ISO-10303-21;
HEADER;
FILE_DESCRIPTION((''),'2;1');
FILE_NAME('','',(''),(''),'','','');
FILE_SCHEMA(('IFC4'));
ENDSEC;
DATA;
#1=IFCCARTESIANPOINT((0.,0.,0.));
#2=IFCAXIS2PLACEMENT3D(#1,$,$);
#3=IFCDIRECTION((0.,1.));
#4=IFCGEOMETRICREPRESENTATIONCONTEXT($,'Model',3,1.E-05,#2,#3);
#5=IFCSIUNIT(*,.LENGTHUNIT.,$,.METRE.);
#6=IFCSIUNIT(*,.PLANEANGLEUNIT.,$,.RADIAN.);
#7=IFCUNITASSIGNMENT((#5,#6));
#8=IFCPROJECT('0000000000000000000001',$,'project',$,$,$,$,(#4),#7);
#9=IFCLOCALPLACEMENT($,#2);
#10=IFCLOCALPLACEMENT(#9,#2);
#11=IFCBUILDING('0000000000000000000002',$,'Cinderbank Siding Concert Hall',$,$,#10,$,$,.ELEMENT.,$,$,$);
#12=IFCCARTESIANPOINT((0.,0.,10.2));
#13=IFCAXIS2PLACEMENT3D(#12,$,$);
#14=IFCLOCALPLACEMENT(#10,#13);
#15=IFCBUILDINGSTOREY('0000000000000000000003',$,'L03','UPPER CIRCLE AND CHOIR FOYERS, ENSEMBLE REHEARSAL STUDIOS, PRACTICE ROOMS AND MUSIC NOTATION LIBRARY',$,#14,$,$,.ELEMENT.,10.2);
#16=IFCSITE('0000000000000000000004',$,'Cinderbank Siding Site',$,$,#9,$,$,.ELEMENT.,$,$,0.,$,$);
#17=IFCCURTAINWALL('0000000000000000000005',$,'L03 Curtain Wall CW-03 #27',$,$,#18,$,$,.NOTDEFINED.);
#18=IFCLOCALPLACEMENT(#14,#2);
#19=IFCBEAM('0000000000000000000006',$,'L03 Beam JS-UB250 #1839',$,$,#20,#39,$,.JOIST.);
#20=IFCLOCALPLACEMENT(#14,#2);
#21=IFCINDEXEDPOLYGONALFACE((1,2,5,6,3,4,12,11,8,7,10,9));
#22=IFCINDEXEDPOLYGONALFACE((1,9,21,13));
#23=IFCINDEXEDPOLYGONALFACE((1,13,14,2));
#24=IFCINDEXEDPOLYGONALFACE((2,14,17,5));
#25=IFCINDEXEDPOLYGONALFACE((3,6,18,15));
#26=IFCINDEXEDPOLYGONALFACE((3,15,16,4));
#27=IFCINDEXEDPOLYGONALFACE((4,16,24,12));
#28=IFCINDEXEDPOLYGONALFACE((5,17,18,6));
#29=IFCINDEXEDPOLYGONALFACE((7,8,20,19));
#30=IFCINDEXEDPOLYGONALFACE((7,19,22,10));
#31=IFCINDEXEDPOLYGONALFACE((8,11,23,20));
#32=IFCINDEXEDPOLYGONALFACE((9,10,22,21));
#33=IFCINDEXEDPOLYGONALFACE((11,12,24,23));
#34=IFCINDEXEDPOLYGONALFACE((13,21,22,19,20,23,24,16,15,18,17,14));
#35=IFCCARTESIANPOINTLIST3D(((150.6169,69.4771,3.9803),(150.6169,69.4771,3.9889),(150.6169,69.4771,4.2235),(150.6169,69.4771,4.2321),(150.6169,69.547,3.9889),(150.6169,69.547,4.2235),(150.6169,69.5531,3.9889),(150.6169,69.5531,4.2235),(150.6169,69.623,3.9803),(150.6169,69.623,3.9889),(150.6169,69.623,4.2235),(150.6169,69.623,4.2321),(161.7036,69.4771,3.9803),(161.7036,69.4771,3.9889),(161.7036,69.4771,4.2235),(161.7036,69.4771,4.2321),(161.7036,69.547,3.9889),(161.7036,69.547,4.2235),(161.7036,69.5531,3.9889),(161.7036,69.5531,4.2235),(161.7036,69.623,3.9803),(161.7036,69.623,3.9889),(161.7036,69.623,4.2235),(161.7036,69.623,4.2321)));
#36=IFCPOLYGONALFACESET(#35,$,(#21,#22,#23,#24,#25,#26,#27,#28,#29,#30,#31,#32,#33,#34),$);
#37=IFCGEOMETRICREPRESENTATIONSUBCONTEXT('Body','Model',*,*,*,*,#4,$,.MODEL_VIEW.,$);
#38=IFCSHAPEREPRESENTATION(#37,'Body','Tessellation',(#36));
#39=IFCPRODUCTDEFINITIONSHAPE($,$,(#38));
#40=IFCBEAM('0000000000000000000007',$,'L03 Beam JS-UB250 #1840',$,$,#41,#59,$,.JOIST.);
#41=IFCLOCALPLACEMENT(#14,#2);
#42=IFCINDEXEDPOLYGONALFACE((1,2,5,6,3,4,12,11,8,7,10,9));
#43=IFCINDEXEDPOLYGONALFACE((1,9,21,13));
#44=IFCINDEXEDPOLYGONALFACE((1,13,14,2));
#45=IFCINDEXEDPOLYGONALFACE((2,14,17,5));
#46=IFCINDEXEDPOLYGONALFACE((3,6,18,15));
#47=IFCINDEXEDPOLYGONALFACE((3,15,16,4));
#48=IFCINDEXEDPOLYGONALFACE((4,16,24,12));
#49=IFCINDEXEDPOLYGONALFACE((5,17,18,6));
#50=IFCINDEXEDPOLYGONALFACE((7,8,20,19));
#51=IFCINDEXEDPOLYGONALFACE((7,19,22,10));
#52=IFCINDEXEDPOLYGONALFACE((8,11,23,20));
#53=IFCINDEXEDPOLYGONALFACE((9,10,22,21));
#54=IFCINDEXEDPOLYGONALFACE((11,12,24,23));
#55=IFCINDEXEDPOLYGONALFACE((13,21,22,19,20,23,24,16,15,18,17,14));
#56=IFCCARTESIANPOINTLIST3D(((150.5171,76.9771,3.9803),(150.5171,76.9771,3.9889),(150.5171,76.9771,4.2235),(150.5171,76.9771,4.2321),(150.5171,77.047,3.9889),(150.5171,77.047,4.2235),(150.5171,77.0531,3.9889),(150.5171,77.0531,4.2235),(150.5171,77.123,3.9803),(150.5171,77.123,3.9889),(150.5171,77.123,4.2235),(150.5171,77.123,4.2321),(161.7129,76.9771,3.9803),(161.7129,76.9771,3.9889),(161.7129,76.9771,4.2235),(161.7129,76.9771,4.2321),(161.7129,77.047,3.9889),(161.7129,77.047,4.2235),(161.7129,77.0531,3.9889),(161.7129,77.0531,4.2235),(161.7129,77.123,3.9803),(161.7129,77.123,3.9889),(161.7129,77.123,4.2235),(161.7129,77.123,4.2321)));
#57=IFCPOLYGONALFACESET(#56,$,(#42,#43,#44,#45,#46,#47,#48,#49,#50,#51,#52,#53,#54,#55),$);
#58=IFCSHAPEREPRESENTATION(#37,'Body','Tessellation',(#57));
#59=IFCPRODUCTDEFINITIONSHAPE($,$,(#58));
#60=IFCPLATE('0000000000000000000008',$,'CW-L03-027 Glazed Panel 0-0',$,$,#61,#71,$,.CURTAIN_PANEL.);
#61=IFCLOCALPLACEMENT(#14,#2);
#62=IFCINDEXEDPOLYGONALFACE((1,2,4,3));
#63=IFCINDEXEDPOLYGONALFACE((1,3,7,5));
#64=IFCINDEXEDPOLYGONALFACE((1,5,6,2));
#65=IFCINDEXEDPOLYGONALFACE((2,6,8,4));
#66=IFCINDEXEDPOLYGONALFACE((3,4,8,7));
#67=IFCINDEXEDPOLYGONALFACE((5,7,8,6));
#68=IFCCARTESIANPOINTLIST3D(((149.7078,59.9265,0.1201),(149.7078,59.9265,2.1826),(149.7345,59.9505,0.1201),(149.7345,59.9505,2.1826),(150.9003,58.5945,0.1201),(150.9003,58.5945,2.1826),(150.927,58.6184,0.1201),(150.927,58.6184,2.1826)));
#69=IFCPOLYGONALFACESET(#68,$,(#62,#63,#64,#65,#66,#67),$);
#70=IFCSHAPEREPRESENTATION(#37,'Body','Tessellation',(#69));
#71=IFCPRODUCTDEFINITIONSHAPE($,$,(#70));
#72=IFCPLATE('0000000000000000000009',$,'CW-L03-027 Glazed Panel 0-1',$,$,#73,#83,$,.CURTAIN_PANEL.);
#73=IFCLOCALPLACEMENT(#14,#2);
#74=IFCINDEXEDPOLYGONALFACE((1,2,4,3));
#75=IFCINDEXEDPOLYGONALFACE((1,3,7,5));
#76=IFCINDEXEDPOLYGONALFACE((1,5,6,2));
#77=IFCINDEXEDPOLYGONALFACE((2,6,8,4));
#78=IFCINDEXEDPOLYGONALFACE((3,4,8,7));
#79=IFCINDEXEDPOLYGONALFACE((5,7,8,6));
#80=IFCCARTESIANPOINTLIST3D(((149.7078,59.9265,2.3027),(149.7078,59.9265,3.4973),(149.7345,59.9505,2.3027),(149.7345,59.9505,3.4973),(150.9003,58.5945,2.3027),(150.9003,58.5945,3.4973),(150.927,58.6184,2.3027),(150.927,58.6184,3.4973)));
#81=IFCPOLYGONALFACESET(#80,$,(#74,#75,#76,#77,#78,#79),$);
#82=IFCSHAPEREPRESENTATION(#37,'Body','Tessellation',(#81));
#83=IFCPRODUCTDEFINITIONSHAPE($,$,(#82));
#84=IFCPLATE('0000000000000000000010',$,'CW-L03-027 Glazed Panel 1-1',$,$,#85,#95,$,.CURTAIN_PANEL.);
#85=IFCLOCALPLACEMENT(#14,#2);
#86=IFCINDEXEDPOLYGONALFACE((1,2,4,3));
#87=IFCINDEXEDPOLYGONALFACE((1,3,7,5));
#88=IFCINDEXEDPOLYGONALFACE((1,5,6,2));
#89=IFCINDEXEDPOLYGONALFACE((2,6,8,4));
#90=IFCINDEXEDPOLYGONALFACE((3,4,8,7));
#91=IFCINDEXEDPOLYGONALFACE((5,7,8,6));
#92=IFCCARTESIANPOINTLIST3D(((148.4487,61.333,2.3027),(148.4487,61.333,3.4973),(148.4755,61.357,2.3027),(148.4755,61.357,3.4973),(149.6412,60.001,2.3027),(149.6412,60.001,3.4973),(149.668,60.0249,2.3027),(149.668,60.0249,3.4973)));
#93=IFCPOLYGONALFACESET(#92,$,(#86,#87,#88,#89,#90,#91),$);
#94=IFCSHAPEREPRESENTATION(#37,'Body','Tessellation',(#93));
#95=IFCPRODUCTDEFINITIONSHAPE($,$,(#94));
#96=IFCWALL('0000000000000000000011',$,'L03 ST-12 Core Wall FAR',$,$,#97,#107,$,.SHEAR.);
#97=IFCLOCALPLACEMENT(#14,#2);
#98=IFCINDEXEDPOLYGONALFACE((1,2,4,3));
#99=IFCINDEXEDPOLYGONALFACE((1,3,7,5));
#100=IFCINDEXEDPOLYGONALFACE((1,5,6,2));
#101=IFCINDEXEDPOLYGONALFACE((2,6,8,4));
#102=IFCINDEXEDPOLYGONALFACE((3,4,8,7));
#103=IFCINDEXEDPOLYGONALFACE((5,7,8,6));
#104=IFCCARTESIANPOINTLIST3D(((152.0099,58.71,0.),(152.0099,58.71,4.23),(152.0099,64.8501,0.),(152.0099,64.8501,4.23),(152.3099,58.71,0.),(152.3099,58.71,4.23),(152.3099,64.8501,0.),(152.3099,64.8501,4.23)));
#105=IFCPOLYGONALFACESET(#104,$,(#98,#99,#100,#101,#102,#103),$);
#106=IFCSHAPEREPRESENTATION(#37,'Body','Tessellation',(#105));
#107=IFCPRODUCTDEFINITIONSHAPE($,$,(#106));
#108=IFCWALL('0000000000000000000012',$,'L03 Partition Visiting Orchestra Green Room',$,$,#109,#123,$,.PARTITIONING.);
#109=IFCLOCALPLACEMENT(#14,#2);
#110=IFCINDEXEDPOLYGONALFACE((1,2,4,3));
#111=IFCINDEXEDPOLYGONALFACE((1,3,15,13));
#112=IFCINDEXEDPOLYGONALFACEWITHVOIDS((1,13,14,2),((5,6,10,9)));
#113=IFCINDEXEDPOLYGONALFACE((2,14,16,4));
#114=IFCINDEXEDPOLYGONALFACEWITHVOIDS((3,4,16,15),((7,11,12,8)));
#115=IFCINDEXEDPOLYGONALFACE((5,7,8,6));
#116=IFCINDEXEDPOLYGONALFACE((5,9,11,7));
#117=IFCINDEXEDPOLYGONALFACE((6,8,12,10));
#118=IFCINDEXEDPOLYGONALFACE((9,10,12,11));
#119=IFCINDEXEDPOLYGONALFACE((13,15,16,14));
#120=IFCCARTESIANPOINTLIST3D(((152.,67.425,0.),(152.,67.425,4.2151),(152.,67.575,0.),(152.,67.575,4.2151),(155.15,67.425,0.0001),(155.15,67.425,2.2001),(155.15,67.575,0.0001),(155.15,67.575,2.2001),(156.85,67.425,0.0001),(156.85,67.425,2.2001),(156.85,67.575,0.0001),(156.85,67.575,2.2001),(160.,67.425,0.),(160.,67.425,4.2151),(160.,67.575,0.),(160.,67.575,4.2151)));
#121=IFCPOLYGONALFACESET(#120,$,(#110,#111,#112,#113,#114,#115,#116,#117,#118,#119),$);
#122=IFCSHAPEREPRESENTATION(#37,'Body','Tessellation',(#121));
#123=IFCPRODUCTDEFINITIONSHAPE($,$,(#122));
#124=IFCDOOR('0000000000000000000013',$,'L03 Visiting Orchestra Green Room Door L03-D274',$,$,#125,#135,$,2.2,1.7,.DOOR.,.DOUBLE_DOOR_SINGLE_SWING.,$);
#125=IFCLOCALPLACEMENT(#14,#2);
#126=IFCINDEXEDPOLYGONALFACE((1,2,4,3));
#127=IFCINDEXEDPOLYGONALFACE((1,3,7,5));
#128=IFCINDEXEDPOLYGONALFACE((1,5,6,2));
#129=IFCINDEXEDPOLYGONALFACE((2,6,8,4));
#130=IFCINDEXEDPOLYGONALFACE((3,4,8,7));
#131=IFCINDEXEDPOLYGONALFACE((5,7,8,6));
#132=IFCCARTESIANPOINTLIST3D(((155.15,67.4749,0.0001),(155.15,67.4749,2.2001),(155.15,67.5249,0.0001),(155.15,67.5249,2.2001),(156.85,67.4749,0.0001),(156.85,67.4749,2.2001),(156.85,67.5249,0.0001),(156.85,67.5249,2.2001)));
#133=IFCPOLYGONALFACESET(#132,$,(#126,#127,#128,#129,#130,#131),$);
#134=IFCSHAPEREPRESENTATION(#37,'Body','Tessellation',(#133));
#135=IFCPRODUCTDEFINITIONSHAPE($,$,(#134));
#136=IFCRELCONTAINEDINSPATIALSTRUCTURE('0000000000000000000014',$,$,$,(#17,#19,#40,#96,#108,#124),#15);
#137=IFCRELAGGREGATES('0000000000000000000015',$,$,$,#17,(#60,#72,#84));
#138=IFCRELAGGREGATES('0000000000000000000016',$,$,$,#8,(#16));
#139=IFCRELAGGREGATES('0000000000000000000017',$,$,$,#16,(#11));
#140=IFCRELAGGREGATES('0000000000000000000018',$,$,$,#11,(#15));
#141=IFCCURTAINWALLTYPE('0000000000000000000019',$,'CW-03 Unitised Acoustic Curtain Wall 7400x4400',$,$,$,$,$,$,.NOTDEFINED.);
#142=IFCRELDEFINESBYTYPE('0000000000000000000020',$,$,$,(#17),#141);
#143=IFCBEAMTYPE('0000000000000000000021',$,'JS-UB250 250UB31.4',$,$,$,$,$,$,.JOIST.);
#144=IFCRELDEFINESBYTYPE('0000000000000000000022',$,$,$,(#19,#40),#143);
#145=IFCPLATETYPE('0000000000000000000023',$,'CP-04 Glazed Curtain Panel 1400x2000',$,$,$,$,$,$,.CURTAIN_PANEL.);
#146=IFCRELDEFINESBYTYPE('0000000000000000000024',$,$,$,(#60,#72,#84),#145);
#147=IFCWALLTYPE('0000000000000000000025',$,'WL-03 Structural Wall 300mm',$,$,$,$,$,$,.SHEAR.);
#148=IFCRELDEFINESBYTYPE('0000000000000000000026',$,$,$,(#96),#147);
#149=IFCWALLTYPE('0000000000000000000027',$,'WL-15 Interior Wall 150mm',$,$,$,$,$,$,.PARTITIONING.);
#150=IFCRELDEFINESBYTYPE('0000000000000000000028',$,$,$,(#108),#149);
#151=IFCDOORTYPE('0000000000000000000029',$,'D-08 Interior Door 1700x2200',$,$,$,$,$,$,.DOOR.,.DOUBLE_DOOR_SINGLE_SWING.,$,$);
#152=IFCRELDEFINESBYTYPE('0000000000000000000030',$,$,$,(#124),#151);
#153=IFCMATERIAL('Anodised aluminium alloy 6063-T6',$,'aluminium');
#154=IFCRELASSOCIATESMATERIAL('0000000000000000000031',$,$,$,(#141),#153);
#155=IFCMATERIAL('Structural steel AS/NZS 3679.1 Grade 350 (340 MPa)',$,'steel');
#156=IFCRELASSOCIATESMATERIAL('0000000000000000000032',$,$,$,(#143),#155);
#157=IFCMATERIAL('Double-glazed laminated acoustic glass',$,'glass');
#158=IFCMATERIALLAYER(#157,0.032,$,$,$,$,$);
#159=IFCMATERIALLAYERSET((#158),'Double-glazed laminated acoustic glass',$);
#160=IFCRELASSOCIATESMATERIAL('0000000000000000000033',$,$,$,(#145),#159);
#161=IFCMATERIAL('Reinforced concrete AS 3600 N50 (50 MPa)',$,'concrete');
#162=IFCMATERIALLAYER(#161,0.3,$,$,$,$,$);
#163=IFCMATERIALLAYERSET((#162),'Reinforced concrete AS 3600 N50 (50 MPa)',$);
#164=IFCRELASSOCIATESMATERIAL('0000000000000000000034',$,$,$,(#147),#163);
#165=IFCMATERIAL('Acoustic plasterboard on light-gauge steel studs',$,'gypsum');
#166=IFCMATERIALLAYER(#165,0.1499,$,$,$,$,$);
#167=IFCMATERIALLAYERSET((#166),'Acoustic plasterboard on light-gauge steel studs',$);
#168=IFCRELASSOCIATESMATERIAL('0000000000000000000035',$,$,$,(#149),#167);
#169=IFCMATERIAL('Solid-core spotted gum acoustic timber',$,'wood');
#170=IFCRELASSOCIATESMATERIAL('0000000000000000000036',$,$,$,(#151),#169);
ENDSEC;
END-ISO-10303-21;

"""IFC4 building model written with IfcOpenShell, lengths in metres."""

from ifc_helpers import new_model, si_unit, direction, frame, frame_2d, origin, origin_2d, place, context, subcontext, project, spatial, rectangle, i_section, extrude, material, layer, layer_set, material_profile, profile_set, type_object, element, fill, aggregate, save


model = new_model("IFC4")

# Units and contexts
model_context = context("Model", 3, precision=1e-05, world=origin(), true_north=direction((0.0, 1.0)))
body_context = subcontext(model_context, "Body", "Model", "MODEL_VIEW")
ifc_project = project(units=[si_unit("LENGTHUNIT", "METRE"), si_unit("PLANEANGLEUNIT", "RADIAN")], contexts=[model_context])

# Site, building, storey
site_placement = place(None, origin())
site = spatial("IfcSite", under=ifc_project, at=site_placement, Name="Cinderbank Siding Site", CompositionType="ELEMENT", RefElevation=0.0)
building_placement = place(site_placement, origin())
building = spatial("IfcBuilding", under=site, at=building_placement, Name="Cinderbank Siding Concert Hall", CompositionType="ELEMENT")
storey_placement = place(building_placement, frame((0.0, 0.0, 10.2)))
storey = spatial("IfcBuildingStorey", under=building, at=storey_placement, Name="L03", Description="UPPER CIRCLE AND CHOIR FOYERS, ENSEMBLE REHEARSAL STUDIOS, PRACTICE ROOMS AND MUSIC NOTATION LIBRARY", CompositionType="ELEMENT", Elevation=10.2)

# Shared definitions
ifc_material_1 = material(Name="Structural steel AS/NZS 3679.1 Grade 350 (340 MPa)", Category="steel")

# Shared definitions
ifc_material_2 = material(Name="Reinforced concrete AS 3600 N50 (50 MPa)", Category="concrete")

# Curtain wall
ifc_material_3 = material(Name="Anodised aluminium alloy 6063-T6", Category="aluminium")
curtain_wall_type = type_object("IfcCurtainWallType", Name="CW-03 Unitised Acoustic Curtain Wall 7400x4400", PredefinedType="NOTDEFINED", material=ifc_material_3)
curtain_wall_placement = place(storey_placement, origin())
curtain_wall = element("IfcCurtainWall", 1, at=curtain_wall_placement, inside=storey, type_object=curtain_wall_type, Name="L03 Curtain Wall CW-03 #27", PredefinedType="NOTDEFINED")

# Beams
ifc_material_profile_1 = material_profile(ifc_material_1, i_section(OverallWidth=0.146, OverallDepth=0.2517, WebThickness=0.0061, FlangeThickness=0.0085, at=origin_2d()), Name="250UB31.4", Category="LoadBearing")
ifc_profile_set_1 = profile_set([ifc_material_profile_1], Name="Structural steel AS/NZS 3679.1 Grade 350 (340 MPa)")
beam_type_1 = type_object("IfcBeamType", Name="JS-UB250 250UB31.4", PredefinedType="JOIST", material=ifc_profile_set_1)
beam_1_placement = place(storey_placement, frame((150.6169, 69.55, 4.1062), z_axis=(1.0, 0.0, 0.0), x_axis=(0.0, 1.0, 0.0)))
element("IfcBeam", 2, at=beam_1_placement, inside=storey, type_object=beam_type_1, Name="L03 Beam JS-UB250 #1839", PredefinedType="JOIST", context=body_context, shape_type="SweptSolid", body=[
    extrude(i_section(OverallWidth=0.146, OverallDepth=0.2517, WebThickness=0.0061, FlangeThickness=0.0085, at=origin_2d()), origin(), (0.0, 0.0, 1.0), 11.0867),
])
beam_2_placement = place(storey_placement, frame((150.5171, 77.05, 4.1062), z_axis=(1.0, 0.0, 0.0), x_axis=(0.0, 1.0, 0.0)))
element("IfcBeam", 3, at=beam_2_placement, inside=storey, type_object=beam_type_1, Name="L03 Beam JS-UB250 #1840", PredefinedType="JOIST", context=body_context, shape_type="SweptSolid", body=[
    extrude(i_section(OverallWidth=0.146, OverallDepth=0.2517, WebThickness=0.0061, FlangeThickness=0.0085, at=origin_2d()), origin(), (0.0, 0.0, 1.0), 11.1958),
])

# Plates
ifc_material_4 = material(Name="Double-glazed laminated acoustic glass", Category="glass")
ifc_layer_1 = layer(ifc_material_4, 0.032)
ifc_layer_set_1 = layer_set([ifc_layer_1], Name="Double-glazed laminated acoustic glass")
plate_type = type_object("IfcPlateType", Name="CP-04 Glazed Curtain Panel 1400x2000", PredefinedType="CURTAIN_PANEL", material=ifc_layer_set_1)
plate_1_placement = place(storey_placement, frame((150.3174, 59.2725, 0.1201), z_axis=(0.0, 0.0, 1.0), x_axis=(-0.666993, 0.745064, 0.0)))
plate_1 = element("IfcPlate", 4, at=plate_1_placement, type_object=plate_type, Name="CW-L03-027 Glazed Panel 0-0", PredefinedType="CURTAIN_PANEL", context=body_context, shape_type="SweptSolid", body=[
    extrude(rectangle(XDim=1.7878, YDim=0.0359, at=origin_2d()), origin(), (0.0, 0.0, 1.0), 2.0625),
])
plate_2_placement = place(storey_placement, frame((150.3174, 59.2725, 2.3027), z_axis=(0.0, 0.0, 1.0), x_axis=(-0.666993, 0.745064, 0.0)))
plate_2 = element("IfcPlate", 5, at=plate_2_placement, type_object=plate_type, Name="CW-L03-027 Glazed Panel 0-1", PredefinedType="CURTAIN_PANEL", context=body_context, shape_type="SweptSolid", body=[
    extrude(rectangle(XDim=1.7878, YDim=0.0359, at=origin_2d()), origin(), (0.0, 0.0, 1.0), 1.1946),
])
plate_3_placement = place(storey_placement, frame((149.0583, 60.679, 2.3027), z_axis=(0.0, 0.0, 1.0), x_axis=(-0.666993, 0.745064, 0.0)))
plate_3 = element("IfcPlate", 6, at=plate_3_placement, type_object=plate_type, Name="CW-L03-027 Glazed Panel 1-1", PredefinedType="CURTAIN_PANEL", context=body_context, shape_type="SweptSolid", body=[
    extrude(rectangle(XDim=1.7878, YDim=0.0359, at=origin_2d()), origin(), (0.0, 0.0, 1.0), 1.1946),
])
aggregate(curtain_wall, [plate_1, plate_2, plate_3])

# Wall
ifc_layer_2 = layer(ifc_material_2, 0.3)
ifc_layer_set_2 = layer_set([ifc_layer_2], Name="Reinforced concrete AS 3600 N50 (50 MPa)")
wall_type_1 = type_object("IfcWallType", Name="WL-03 Structural Wall 300mm", PredefinedType="SHEAR", material=ifc_layer_set_2)
wall_1_placement = place(storey_placement, frame((152.1599, 58.71, 0.0), z_axis=(0.0, 0.0, 1.0), x_axis=(0.0, 1.0, 0.0)))
element("IfcWall", 7, at=wall_1_placement, inside=storey, type_object=wall_type_1, Name="L03 ST-12 Core Wall FAR", PredefinedType="SHEAR", context=body_context, shape_type="SweptSolid", body=[
    extrude(rectangle(XDim=6.1401, YDim=0.3, at=frame_2d((3.0701, 0.0))), origin(), (0.0, 0.0, 1.0), 4.23),
])

# Wall, opening, door
ifc_material_5 = material(Name="Acoustic plasterboard on light-gauge steel studs", Category="gypsum")
ifc_layer_3 = layer(ifc_material_5, 0.1499)
ifc_layer_set_3 = layer_set([ifc_layer_3], Name="Acoustic plasterboard on light-gauge steel studs")
wall_type_2 = type_object("IfcWallType", Name="WL-15 Interior Wall 150mm", PredefinedType="PARTITIONING", material=ifc_layer_set_3)
wall_2_placement = place(storey_placement, frame((152.0, 67.5, 0.0), z_axis=(0.0, 0.0, 1.0), x_axis=(1.0, 0.0, 0.0)))
wall_2 = element("IfcWall", 8, at=wall_2_placement, inside=storey, type_object=wall_type_2, Name="L03 Partition Visiting Orchestra Green Room", PredefinedType="PARTITIONING", context=body_context, shape_type="SweptSolid", body=[
    extrude(rectangle(XDim=8.0, YDim=0.1499, at=frame_2d((4.0, 0.0))), origin(), (0.0, 0.0, 1.0), 4.2151),
])
opening_placement = place(wall_2_placement, frame((3.1499, 0.0, 0.0)))
opening = element("IfcOpeningElement", 9, at=opening_placement, cuts=wall_2, PredefinedType="OPENING", context=body_context, shape_type="SweptSolid", body=[
    extrude(rectangle(XDim=1.7, YDim=2.2, at=frame_2d((0.8501, 1.1001))), frame((0.0, 0.0869, 0.0), z_axis=(0.0, -1.0, 0.0), x_axis=(1.0, 0.0, 0.0)), (0.0, 0.0, 1.0), 0.1738),
])
ifc_material_6 = material(Name="Solid-core spotted gum acoustic timber", Category="wood")
door_type = type_object("IfcDoorType", Name="D-08 Interior Door 1700x2200", OperationType="DOUBLE_DOOR_SINGLE_SWING", PredefinedType="DOOR", material=ifc_material_6)
door_placement = place(opening_placement, origin())
door = element("IfcDoor", 10, at=door_placement, inside=storey, type_object=door_type, Name="L03 Visiting Orchestra Green Room Door L03-D274", OperationType="DOUBLE_DOOR_SINGLE_SWING", OverallHeight=2.2, OverallWidth=1.7, PredefinedType="DOOR", context=body_context, shape_type="SweptSolid", body=[
    extrude(rectangle(XDim=1.7, YDim=2.2, at=frame_2d((0.8501, 1.1001))), frame((0.0, 0.0249, 0.0), z_axis=(0.0, -1.0, 0.0), x_axis=(1.0, 0.0, 0.0)), (0.0, 0.0, 1.0), 0.05),
])
fill(opening, door)

save(model, "model.ifc")
